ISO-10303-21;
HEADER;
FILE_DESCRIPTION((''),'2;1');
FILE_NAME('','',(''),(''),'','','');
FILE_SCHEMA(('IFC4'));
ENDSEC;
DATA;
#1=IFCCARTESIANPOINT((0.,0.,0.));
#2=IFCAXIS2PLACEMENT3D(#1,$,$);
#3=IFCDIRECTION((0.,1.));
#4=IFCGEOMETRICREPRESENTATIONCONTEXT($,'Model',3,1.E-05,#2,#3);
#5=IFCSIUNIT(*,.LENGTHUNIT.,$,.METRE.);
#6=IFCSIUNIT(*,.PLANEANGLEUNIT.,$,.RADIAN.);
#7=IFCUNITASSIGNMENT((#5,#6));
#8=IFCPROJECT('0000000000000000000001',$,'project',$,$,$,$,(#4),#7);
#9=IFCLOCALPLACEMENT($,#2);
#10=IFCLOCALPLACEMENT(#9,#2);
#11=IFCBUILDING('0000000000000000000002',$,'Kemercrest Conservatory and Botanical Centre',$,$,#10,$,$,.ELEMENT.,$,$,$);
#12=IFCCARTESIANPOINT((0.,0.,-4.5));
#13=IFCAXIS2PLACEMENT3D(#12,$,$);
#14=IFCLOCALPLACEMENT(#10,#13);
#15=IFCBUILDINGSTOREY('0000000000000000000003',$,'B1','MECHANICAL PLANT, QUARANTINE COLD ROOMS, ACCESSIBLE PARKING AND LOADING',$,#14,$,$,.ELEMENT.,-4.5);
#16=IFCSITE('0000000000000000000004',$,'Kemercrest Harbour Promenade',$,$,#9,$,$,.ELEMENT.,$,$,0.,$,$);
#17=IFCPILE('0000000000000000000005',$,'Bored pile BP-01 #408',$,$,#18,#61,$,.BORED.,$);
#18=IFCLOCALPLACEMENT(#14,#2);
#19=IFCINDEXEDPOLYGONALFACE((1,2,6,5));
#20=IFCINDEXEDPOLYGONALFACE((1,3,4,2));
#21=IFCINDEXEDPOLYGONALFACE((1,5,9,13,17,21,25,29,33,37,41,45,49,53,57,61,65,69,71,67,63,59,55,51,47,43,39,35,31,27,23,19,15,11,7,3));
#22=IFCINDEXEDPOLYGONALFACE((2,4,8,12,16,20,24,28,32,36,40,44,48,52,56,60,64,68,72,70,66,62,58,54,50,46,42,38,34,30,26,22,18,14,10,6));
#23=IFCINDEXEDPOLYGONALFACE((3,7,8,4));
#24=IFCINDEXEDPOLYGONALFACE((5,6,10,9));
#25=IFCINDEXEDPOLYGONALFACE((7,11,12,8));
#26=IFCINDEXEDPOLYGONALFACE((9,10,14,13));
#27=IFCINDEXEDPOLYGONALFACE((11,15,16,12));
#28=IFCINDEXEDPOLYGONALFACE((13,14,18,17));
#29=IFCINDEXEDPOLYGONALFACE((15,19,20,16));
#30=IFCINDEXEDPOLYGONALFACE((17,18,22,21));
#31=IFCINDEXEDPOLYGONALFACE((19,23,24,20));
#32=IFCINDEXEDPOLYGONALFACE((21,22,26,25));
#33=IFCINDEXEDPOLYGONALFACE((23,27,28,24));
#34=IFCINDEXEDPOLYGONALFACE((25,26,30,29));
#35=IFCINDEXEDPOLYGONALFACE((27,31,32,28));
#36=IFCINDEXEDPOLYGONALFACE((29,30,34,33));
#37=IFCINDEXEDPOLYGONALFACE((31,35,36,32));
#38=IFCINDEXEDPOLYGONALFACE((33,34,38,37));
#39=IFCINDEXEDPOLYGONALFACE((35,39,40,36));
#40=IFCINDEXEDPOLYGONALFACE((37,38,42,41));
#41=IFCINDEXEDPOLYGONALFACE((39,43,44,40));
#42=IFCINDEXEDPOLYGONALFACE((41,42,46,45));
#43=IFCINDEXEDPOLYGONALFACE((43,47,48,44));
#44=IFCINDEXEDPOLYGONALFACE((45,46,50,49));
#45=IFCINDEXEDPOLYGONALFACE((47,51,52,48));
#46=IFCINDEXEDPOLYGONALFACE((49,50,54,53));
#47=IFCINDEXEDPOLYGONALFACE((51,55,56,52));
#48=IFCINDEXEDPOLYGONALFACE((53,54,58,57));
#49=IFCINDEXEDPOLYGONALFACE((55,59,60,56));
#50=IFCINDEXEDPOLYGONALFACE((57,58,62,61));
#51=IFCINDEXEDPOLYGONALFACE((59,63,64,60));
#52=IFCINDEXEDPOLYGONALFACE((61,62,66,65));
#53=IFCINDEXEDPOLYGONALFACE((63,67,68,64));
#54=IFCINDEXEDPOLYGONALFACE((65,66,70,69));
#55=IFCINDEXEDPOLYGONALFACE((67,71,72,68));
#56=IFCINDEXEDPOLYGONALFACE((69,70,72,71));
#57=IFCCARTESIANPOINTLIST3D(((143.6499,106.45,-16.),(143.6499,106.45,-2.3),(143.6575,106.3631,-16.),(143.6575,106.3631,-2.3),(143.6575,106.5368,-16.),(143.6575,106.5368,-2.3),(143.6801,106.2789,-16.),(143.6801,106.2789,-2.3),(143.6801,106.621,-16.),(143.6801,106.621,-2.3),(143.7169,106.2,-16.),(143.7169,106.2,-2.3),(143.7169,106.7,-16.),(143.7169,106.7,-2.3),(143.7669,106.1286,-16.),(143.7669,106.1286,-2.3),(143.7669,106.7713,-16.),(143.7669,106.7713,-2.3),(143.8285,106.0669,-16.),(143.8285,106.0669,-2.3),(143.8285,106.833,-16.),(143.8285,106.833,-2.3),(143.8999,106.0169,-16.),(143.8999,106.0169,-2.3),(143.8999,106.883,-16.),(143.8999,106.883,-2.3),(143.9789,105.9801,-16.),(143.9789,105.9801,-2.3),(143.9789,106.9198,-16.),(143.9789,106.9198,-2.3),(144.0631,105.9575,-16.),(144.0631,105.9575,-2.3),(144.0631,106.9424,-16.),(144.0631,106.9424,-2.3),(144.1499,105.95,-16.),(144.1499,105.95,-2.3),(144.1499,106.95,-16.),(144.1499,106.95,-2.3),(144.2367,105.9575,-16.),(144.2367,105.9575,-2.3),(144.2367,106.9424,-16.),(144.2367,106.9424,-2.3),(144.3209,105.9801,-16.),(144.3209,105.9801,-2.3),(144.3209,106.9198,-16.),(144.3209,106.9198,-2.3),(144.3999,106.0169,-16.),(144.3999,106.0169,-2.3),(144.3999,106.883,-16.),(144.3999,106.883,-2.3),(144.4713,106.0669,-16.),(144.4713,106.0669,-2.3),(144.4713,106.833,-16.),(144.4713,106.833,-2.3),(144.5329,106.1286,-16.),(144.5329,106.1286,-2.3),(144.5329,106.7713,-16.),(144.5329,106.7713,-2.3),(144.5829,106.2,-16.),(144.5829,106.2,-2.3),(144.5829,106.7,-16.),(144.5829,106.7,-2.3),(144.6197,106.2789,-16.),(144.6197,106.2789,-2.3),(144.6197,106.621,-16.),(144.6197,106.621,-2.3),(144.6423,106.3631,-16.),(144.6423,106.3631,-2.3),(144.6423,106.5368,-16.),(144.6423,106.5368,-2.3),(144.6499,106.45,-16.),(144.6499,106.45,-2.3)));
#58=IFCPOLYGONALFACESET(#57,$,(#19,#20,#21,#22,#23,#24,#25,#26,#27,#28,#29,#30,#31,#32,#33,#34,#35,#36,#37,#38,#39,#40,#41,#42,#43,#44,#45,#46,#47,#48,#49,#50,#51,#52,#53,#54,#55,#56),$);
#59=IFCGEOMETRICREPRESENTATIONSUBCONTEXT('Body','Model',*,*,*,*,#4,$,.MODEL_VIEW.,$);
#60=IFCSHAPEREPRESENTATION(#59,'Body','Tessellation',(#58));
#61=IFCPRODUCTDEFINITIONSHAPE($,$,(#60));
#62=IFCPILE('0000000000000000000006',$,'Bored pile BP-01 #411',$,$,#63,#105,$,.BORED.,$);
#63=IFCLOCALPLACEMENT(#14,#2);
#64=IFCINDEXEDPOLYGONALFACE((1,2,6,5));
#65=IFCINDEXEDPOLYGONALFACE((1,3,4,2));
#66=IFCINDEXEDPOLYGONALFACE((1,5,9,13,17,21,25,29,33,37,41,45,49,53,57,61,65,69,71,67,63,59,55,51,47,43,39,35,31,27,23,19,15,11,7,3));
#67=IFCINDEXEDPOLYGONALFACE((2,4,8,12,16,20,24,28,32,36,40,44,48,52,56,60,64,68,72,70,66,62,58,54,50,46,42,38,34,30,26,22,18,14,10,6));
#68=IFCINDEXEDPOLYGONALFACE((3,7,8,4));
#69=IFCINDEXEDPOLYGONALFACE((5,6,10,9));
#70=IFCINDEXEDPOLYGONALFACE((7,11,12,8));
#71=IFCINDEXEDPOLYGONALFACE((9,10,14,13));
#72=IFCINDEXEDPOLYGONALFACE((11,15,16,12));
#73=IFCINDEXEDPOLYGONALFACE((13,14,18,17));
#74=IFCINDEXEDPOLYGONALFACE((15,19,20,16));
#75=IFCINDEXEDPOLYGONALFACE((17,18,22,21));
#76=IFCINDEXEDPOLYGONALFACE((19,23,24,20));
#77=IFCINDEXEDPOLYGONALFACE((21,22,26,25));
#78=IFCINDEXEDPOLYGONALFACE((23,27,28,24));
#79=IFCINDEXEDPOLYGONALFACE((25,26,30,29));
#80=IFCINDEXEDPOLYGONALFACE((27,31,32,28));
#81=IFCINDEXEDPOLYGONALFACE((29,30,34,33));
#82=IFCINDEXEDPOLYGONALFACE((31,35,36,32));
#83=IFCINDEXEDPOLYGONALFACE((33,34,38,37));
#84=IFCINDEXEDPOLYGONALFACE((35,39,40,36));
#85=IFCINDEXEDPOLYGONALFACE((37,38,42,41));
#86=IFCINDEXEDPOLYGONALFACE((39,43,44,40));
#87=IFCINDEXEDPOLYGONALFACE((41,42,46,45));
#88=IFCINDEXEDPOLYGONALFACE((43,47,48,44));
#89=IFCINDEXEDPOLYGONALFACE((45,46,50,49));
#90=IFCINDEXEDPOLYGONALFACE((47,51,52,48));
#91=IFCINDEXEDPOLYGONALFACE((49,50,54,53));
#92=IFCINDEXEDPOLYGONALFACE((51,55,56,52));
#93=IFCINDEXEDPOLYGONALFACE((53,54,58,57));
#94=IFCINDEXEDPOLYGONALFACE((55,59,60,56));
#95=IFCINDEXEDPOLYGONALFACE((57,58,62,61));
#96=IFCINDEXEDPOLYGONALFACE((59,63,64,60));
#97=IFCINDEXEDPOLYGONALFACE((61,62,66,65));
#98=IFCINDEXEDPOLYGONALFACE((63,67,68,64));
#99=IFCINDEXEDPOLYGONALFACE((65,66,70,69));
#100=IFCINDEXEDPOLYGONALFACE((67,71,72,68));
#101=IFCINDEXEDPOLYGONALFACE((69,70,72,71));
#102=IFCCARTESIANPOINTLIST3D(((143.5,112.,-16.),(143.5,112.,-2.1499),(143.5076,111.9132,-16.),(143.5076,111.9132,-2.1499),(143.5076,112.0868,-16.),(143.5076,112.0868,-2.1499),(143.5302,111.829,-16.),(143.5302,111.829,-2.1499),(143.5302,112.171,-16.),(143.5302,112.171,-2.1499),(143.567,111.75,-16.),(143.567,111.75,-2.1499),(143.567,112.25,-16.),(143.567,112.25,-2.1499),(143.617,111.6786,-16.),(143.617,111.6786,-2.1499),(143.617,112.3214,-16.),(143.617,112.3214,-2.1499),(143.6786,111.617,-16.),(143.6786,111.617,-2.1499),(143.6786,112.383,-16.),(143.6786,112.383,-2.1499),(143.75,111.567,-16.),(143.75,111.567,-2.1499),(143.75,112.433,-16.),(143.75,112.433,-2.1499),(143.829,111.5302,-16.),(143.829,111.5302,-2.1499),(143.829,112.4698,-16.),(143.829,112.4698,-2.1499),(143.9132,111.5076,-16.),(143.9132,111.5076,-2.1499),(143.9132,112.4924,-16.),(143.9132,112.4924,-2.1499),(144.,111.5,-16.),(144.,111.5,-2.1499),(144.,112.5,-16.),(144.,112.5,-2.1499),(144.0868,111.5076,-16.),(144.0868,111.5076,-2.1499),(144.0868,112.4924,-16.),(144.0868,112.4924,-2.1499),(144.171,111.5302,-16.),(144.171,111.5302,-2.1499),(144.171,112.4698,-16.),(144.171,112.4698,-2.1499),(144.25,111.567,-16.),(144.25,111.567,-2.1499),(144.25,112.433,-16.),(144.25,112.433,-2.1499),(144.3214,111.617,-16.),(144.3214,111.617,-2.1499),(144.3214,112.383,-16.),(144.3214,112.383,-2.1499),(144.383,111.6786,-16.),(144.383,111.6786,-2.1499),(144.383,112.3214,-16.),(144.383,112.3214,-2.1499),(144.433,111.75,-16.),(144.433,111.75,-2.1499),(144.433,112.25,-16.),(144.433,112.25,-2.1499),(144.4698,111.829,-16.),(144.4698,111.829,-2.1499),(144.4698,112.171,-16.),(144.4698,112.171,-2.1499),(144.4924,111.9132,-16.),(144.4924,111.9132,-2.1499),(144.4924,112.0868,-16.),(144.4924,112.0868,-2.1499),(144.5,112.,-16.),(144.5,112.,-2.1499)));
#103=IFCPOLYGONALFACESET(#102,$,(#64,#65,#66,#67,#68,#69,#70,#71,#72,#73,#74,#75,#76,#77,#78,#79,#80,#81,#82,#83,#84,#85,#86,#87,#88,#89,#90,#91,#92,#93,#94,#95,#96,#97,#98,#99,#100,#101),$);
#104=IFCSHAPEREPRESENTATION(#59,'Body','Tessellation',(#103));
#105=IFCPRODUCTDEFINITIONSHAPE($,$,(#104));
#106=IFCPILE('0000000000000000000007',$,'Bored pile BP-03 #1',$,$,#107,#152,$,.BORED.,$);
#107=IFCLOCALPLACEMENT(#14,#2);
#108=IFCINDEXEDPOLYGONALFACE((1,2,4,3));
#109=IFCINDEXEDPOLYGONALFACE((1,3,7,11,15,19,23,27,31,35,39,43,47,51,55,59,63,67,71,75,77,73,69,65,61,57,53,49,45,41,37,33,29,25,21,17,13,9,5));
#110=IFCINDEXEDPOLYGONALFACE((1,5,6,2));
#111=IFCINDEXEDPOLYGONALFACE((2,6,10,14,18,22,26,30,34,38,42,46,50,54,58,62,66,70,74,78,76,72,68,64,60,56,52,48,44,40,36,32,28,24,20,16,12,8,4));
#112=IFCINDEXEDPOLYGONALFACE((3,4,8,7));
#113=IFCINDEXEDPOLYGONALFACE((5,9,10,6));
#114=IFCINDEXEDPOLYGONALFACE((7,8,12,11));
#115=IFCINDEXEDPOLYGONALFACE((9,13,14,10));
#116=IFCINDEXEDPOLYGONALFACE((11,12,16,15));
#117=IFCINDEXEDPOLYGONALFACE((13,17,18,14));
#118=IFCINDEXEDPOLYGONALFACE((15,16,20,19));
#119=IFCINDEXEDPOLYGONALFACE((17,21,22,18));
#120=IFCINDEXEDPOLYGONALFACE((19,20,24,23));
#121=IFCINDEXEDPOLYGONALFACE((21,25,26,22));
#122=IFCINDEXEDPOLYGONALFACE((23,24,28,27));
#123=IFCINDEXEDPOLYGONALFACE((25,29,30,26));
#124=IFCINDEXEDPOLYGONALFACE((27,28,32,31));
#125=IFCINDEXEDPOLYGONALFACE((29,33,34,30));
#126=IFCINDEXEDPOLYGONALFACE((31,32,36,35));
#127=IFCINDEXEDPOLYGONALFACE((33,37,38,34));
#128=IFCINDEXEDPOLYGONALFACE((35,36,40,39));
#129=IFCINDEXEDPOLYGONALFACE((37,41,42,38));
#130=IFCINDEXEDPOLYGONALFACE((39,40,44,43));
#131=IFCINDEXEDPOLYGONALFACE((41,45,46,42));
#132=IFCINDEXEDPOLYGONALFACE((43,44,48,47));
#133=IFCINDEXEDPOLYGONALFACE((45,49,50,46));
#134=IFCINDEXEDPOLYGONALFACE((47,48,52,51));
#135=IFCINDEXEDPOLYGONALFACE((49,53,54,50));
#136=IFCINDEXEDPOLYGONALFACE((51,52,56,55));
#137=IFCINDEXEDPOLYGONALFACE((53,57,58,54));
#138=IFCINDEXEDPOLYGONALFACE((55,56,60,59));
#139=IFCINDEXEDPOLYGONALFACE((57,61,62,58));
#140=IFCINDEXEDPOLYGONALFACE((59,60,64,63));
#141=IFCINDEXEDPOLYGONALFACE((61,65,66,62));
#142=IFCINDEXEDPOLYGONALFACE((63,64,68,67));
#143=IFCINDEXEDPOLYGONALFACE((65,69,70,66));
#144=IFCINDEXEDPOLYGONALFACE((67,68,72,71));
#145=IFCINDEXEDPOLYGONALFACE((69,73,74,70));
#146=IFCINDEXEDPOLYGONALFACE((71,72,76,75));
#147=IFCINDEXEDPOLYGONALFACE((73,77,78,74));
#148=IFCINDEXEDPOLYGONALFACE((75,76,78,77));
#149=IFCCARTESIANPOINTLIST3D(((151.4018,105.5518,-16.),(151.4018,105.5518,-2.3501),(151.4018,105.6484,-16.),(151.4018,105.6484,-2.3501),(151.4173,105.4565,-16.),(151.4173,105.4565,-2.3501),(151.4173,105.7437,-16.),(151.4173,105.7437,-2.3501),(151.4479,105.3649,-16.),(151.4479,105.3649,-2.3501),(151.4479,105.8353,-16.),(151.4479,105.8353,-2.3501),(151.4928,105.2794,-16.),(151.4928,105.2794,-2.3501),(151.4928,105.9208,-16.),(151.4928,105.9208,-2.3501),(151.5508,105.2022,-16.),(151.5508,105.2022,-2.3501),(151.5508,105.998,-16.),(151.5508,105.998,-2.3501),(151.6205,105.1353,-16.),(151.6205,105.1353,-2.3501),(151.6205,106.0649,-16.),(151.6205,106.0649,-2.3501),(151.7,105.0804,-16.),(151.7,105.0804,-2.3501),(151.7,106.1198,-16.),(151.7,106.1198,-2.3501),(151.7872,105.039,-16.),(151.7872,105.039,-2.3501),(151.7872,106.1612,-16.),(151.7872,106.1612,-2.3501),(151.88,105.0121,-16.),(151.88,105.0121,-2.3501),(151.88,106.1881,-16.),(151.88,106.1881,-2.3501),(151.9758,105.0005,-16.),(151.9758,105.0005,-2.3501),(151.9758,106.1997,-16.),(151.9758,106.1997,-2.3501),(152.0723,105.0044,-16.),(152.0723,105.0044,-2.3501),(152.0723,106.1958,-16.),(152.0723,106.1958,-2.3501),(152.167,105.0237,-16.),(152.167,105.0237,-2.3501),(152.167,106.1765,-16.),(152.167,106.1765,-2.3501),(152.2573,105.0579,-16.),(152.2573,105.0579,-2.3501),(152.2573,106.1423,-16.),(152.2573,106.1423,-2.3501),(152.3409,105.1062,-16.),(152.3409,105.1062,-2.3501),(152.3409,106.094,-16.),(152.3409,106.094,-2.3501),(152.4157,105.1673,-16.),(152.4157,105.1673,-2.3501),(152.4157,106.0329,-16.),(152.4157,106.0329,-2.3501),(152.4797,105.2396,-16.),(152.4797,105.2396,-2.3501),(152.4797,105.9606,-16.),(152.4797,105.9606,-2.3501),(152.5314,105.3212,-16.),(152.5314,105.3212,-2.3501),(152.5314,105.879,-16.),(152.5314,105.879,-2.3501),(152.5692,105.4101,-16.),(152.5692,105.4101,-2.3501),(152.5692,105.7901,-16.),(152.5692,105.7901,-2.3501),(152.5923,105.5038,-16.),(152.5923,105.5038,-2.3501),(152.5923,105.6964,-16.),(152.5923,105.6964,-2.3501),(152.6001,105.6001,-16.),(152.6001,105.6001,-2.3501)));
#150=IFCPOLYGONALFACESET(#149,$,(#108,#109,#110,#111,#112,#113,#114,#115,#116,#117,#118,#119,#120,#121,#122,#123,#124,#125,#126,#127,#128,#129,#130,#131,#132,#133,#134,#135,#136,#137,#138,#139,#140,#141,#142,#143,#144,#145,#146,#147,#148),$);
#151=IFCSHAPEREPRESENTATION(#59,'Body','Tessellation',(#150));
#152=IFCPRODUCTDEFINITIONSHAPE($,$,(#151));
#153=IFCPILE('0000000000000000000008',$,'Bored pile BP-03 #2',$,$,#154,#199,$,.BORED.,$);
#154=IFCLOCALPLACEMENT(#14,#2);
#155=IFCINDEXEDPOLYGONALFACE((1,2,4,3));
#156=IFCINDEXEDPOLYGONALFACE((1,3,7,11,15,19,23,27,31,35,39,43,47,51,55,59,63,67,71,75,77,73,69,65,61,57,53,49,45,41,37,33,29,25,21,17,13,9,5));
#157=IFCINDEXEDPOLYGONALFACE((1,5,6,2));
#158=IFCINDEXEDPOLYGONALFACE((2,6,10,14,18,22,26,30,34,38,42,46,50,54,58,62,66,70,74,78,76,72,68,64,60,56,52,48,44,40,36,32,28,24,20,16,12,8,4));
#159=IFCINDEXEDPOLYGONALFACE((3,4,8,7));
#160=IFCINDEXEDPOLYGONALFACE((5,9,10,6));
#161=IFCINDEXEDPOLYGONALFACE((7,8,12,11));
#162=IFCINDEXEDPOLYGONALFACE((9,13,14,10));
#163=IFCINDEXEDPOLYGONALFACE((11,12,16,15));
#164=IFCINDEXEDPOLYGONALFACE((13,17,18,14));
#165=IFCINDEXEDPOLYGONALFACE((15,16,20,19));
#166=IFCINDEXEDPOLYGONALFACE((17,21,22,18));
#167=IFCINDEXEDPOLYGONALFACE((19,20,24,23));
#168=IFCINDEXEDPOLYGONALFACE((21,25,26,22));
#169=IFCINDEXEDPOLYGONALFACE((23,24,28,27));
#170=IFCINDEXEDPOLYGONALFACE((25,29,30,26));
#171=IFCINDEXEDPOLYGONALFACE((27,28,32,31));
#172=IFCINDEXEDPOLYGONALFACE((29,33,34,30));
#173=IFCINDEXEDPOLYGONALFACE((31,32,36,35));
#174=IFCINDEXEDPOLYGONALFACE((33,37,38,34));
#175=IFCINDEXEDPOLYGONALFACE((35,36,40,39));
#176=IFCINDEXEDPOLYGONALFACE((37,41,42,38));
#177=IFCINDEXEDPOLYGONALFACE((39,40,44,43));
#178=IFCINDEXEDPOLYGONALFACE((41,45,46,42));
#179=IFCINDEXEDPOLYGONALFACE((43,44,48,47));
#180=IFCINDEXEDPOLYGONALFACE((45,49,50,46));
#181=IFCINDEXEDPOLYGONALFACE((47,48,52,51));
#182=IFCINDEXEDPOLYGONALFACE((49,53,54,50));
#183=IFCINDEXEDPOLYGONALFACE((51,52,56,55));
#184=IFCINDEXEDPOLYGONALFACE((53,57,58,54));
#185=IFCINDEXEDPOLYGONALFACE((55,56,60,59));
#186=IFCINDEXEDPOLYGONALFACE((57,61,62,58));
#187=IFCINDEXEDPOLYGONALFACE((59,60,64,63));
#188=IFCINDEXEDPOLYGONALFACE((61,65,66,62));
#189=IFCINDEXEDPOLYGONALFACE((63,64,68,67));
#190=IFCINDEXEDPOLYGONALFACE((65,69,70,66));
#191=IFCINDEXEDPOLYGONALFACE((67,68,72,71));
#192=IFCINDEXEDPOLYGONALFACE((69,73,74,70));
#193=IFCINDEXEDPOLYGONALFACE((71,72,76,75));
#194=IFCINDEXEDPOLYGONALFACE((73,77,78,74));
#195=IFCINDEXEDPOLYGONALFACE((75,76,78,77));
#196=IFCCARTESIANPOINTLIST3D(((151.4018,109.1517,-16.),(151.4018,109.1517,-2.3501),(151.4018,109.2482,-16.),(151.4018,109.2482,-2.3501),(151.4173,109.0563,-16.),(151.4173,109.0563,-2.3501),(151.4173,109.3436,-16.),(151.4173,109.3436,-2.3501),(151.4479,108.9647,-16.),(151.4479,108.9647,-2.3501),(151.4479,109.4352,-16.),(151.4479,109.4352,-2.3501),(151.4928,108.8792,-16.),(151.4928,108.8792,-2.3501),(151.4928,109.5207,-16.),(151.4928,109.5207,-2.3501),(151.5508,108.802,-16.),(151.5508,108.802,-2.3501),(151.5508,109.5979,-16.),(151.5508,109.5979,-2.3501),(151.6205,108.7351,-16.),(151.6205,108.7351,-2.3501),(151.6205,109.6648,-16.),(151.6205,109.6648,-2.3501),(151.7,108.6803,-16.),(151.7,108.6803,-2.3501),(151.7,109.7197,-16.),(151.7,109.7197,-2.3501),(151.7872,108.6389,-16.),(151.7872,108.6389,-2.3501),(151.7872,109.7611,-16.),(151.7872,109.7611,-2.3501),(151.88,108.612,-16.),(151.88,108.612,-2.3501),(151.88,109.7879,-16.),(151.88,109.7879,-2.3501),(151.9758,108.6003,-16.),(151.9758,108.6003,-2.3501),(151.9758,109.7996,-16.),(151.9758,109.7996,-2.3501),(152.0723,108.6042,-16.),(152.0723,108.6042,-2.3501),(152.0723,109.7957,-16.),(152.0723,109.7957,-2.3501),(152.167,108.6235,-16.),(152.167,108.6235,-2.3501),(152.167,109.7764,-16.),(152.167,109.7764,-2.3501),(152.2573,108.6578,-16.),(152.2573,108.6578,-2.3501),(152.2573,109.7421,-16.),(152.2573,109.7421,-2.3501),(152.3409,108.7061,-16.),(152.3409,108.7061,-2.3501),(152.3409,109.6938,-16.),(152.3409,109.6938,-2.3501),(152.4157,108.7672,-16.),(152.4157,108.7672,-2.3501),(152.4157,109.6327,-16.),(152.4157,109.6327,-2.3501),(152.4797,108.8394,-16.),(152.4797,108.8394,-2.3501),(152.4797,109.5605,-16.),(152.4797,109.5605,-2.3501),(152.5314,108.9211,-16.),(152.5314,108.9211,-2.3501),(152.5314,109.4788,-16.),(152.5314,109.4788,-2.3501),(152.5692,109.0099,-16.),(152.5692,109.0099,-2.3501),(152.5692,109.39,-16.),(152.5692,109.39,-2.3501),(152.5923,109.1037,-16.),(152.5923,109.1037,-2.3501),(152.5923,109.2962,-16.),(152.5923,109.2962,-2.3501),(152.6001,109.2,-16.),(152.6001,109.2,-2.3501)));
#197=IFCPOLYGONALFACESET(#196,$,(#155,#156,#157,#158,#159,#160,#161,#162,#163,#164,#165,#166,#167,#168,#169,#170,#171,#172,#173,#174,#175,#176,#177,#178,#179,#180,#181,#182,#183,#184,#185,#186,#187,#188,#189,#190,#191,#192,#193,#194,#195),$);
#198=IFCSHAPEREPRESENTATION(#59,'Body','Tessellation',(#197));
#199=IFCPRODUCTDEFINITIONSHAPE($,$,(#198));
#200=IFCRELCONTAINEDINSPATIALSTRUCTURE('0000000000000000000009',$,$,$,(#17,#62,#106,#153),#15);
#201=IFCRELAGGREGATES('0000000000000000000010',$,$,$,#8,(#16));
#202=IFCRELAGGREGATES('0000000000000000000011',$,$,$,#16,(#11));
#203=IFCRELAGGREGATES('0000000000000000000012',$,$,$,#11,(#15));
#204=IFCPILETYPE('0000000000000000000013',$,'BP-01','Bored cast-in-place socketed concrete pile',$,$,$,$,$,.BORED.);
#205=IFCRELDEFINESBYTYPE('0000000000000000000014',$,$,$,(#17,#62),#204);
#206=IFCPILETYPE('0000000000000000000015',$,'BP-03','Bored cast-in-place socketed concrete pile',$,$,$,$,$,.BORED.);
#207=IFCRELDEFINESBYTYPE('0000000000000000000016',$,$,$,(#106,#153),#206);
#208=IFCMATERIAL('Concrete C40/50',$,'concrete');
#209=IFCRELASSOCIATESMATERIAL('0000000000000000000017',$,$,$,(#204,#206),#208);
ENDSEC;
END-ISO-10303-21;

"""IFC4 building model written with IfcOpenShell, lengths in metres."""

from ifc_helpers import new_model, si_unit, direction, frame, origin, origin_2d, place, context, subcontext, project, spatial, circle, extrude, material, material_profile, profile_set, type_object, element, save


model = new_model("IFC4")

# Units and contexts
model_context = context("Model", 3, precision=1e-05, world=origin(), true_north=direction((0.0, 1.0)))
body_context = subcontext(model_context, "Body", "Model", "MODEL_VIEW")
ifc_project = project(units=[si_unit("LENGTHUNIT", "METRE"), si_unit("PLANEANGLEUNIT", "RADIAN")], contexts=[model_context])

# Site, building, storey
site_placement = place(None, origin())
site = spatial("IfcSite", under=ifc_project, at=site_placement, Name="Kemercrest Harbour Promenade", CompositionType="ELEMENT", RefElevation=0.0)
building_placement = place(site_placement, origin())
building = spatial("IfcBuilding", under=site, at=building_placement, Name="Kemercrest Conservatory and Botanical Centre", CompositionType="ELEMENT")
storey_placement = place(building_placement, frame((0.0, 0.0, -4.5)))
storey = spatial("IfcBuildingStorey", under=building, at=storey_placement, Name="B1", Description="MECHANICAL PLANT, QUARANTINE COLD ROOMS, ACCESSIBLE PARKING AND LOADING", CompositionType="ELEMENT", Elevation=-4.5)

# Piles
ifc_material_1 = material(Name="Concrete C40/50", Category="concrete")
ifc_material_profile_1 = material_profile(ifc_material_1, circle(Radius=0.5, at=origin_2d()), Name="BORED PILE 1000")
ifc_profile_set_1 = profile_set([ifc_material_profile_1], Name="Concrete C40/50")
pile_type_1 = type_object("IfcPileType", Name="BP-01", Description="Bored cast-in-place socketed concrete pile", PredefinedType="BORED", material=ifc_profile_set_1)
pile_1_placement = place(storey_placement, frame((144.1499, 106.45, -2.3), z_axis=(0.0, 0.0, -1.0), x_axis=(1.0, 0.0, 0.0)))
element("IfcPile", 1, at=pile_1_placement, inside=storey, type_object=pile_type_1, Name="Bored pile BP-01 #408", PredefinedType="BORED", context=body_context, shape_type="SweptSolid", body=[
    extrude(circle(Radius=0.5, at=origin_2d()), origin(), (0.0, 0.0, 1.0), 13.7),
])
pile_2_placement = place(storey_placement, frame((144.0, 112.0, -2.1499), z_axis=(0.0, 0.0, -1.0), x_axis=(1.0, 0.0, 0.0)))
element("IfcPile", 2, at=pile_2_placement, inside=storey, type_object=pile_type_1, Name="Bored pile BP-01 #411", PredefinedType="BORED", context=body_context, shape_type="SweptSolid", body=[
    extrude(circle(Radius=0.5, at=origin_2d()), origin(), (0.0, 0.0, 1.0), 13.8501),
])
ifc_material_profile_2 = material_profile(ifc_material_1, circle(Radius=0.6001, at=origin_2d()), Name="BORED PILE 1200")
ifc_profile_set_2 = profile_set([ifc_material_profile_2], Name="Concrete C40/50")
pile_type_2 = type_object("IfcPileType", Name="BP-03", Description="Bored cast-in-place socketed concrete pile", PredefinedType="BORED", material=ifc_profile_set_2)
for number, where, z_axis, x_axis, name in (
    (3, (152.0, 105.6001, -2.3501), (0.0, 0.0, -1.0), (1.0, 0.0, 0.0), "Bored pile BP-03 #1"),
    (4, (152.0, 109.2, -2.3501), (0.0, 0.0, -1.0), (1.0, 0.0, 0.0), "Bored pile BP-03 #2"),
):
    element("IfcPile", number, at=place(storey_placement, frame(where, z_axis=z_axis, x_axis=x_axis)), inside=storey, type_object=pile_type_2, Name=name, PredefinedType="BORED", context=body_context, shape_type="SweptSolid", body=[
        extrude(circle(Radius=0.6001, at=origin_2d()), origin(), (0.0, 0.0, 1.0), 13.6499),
    ])

save(model, "model.ifc")
